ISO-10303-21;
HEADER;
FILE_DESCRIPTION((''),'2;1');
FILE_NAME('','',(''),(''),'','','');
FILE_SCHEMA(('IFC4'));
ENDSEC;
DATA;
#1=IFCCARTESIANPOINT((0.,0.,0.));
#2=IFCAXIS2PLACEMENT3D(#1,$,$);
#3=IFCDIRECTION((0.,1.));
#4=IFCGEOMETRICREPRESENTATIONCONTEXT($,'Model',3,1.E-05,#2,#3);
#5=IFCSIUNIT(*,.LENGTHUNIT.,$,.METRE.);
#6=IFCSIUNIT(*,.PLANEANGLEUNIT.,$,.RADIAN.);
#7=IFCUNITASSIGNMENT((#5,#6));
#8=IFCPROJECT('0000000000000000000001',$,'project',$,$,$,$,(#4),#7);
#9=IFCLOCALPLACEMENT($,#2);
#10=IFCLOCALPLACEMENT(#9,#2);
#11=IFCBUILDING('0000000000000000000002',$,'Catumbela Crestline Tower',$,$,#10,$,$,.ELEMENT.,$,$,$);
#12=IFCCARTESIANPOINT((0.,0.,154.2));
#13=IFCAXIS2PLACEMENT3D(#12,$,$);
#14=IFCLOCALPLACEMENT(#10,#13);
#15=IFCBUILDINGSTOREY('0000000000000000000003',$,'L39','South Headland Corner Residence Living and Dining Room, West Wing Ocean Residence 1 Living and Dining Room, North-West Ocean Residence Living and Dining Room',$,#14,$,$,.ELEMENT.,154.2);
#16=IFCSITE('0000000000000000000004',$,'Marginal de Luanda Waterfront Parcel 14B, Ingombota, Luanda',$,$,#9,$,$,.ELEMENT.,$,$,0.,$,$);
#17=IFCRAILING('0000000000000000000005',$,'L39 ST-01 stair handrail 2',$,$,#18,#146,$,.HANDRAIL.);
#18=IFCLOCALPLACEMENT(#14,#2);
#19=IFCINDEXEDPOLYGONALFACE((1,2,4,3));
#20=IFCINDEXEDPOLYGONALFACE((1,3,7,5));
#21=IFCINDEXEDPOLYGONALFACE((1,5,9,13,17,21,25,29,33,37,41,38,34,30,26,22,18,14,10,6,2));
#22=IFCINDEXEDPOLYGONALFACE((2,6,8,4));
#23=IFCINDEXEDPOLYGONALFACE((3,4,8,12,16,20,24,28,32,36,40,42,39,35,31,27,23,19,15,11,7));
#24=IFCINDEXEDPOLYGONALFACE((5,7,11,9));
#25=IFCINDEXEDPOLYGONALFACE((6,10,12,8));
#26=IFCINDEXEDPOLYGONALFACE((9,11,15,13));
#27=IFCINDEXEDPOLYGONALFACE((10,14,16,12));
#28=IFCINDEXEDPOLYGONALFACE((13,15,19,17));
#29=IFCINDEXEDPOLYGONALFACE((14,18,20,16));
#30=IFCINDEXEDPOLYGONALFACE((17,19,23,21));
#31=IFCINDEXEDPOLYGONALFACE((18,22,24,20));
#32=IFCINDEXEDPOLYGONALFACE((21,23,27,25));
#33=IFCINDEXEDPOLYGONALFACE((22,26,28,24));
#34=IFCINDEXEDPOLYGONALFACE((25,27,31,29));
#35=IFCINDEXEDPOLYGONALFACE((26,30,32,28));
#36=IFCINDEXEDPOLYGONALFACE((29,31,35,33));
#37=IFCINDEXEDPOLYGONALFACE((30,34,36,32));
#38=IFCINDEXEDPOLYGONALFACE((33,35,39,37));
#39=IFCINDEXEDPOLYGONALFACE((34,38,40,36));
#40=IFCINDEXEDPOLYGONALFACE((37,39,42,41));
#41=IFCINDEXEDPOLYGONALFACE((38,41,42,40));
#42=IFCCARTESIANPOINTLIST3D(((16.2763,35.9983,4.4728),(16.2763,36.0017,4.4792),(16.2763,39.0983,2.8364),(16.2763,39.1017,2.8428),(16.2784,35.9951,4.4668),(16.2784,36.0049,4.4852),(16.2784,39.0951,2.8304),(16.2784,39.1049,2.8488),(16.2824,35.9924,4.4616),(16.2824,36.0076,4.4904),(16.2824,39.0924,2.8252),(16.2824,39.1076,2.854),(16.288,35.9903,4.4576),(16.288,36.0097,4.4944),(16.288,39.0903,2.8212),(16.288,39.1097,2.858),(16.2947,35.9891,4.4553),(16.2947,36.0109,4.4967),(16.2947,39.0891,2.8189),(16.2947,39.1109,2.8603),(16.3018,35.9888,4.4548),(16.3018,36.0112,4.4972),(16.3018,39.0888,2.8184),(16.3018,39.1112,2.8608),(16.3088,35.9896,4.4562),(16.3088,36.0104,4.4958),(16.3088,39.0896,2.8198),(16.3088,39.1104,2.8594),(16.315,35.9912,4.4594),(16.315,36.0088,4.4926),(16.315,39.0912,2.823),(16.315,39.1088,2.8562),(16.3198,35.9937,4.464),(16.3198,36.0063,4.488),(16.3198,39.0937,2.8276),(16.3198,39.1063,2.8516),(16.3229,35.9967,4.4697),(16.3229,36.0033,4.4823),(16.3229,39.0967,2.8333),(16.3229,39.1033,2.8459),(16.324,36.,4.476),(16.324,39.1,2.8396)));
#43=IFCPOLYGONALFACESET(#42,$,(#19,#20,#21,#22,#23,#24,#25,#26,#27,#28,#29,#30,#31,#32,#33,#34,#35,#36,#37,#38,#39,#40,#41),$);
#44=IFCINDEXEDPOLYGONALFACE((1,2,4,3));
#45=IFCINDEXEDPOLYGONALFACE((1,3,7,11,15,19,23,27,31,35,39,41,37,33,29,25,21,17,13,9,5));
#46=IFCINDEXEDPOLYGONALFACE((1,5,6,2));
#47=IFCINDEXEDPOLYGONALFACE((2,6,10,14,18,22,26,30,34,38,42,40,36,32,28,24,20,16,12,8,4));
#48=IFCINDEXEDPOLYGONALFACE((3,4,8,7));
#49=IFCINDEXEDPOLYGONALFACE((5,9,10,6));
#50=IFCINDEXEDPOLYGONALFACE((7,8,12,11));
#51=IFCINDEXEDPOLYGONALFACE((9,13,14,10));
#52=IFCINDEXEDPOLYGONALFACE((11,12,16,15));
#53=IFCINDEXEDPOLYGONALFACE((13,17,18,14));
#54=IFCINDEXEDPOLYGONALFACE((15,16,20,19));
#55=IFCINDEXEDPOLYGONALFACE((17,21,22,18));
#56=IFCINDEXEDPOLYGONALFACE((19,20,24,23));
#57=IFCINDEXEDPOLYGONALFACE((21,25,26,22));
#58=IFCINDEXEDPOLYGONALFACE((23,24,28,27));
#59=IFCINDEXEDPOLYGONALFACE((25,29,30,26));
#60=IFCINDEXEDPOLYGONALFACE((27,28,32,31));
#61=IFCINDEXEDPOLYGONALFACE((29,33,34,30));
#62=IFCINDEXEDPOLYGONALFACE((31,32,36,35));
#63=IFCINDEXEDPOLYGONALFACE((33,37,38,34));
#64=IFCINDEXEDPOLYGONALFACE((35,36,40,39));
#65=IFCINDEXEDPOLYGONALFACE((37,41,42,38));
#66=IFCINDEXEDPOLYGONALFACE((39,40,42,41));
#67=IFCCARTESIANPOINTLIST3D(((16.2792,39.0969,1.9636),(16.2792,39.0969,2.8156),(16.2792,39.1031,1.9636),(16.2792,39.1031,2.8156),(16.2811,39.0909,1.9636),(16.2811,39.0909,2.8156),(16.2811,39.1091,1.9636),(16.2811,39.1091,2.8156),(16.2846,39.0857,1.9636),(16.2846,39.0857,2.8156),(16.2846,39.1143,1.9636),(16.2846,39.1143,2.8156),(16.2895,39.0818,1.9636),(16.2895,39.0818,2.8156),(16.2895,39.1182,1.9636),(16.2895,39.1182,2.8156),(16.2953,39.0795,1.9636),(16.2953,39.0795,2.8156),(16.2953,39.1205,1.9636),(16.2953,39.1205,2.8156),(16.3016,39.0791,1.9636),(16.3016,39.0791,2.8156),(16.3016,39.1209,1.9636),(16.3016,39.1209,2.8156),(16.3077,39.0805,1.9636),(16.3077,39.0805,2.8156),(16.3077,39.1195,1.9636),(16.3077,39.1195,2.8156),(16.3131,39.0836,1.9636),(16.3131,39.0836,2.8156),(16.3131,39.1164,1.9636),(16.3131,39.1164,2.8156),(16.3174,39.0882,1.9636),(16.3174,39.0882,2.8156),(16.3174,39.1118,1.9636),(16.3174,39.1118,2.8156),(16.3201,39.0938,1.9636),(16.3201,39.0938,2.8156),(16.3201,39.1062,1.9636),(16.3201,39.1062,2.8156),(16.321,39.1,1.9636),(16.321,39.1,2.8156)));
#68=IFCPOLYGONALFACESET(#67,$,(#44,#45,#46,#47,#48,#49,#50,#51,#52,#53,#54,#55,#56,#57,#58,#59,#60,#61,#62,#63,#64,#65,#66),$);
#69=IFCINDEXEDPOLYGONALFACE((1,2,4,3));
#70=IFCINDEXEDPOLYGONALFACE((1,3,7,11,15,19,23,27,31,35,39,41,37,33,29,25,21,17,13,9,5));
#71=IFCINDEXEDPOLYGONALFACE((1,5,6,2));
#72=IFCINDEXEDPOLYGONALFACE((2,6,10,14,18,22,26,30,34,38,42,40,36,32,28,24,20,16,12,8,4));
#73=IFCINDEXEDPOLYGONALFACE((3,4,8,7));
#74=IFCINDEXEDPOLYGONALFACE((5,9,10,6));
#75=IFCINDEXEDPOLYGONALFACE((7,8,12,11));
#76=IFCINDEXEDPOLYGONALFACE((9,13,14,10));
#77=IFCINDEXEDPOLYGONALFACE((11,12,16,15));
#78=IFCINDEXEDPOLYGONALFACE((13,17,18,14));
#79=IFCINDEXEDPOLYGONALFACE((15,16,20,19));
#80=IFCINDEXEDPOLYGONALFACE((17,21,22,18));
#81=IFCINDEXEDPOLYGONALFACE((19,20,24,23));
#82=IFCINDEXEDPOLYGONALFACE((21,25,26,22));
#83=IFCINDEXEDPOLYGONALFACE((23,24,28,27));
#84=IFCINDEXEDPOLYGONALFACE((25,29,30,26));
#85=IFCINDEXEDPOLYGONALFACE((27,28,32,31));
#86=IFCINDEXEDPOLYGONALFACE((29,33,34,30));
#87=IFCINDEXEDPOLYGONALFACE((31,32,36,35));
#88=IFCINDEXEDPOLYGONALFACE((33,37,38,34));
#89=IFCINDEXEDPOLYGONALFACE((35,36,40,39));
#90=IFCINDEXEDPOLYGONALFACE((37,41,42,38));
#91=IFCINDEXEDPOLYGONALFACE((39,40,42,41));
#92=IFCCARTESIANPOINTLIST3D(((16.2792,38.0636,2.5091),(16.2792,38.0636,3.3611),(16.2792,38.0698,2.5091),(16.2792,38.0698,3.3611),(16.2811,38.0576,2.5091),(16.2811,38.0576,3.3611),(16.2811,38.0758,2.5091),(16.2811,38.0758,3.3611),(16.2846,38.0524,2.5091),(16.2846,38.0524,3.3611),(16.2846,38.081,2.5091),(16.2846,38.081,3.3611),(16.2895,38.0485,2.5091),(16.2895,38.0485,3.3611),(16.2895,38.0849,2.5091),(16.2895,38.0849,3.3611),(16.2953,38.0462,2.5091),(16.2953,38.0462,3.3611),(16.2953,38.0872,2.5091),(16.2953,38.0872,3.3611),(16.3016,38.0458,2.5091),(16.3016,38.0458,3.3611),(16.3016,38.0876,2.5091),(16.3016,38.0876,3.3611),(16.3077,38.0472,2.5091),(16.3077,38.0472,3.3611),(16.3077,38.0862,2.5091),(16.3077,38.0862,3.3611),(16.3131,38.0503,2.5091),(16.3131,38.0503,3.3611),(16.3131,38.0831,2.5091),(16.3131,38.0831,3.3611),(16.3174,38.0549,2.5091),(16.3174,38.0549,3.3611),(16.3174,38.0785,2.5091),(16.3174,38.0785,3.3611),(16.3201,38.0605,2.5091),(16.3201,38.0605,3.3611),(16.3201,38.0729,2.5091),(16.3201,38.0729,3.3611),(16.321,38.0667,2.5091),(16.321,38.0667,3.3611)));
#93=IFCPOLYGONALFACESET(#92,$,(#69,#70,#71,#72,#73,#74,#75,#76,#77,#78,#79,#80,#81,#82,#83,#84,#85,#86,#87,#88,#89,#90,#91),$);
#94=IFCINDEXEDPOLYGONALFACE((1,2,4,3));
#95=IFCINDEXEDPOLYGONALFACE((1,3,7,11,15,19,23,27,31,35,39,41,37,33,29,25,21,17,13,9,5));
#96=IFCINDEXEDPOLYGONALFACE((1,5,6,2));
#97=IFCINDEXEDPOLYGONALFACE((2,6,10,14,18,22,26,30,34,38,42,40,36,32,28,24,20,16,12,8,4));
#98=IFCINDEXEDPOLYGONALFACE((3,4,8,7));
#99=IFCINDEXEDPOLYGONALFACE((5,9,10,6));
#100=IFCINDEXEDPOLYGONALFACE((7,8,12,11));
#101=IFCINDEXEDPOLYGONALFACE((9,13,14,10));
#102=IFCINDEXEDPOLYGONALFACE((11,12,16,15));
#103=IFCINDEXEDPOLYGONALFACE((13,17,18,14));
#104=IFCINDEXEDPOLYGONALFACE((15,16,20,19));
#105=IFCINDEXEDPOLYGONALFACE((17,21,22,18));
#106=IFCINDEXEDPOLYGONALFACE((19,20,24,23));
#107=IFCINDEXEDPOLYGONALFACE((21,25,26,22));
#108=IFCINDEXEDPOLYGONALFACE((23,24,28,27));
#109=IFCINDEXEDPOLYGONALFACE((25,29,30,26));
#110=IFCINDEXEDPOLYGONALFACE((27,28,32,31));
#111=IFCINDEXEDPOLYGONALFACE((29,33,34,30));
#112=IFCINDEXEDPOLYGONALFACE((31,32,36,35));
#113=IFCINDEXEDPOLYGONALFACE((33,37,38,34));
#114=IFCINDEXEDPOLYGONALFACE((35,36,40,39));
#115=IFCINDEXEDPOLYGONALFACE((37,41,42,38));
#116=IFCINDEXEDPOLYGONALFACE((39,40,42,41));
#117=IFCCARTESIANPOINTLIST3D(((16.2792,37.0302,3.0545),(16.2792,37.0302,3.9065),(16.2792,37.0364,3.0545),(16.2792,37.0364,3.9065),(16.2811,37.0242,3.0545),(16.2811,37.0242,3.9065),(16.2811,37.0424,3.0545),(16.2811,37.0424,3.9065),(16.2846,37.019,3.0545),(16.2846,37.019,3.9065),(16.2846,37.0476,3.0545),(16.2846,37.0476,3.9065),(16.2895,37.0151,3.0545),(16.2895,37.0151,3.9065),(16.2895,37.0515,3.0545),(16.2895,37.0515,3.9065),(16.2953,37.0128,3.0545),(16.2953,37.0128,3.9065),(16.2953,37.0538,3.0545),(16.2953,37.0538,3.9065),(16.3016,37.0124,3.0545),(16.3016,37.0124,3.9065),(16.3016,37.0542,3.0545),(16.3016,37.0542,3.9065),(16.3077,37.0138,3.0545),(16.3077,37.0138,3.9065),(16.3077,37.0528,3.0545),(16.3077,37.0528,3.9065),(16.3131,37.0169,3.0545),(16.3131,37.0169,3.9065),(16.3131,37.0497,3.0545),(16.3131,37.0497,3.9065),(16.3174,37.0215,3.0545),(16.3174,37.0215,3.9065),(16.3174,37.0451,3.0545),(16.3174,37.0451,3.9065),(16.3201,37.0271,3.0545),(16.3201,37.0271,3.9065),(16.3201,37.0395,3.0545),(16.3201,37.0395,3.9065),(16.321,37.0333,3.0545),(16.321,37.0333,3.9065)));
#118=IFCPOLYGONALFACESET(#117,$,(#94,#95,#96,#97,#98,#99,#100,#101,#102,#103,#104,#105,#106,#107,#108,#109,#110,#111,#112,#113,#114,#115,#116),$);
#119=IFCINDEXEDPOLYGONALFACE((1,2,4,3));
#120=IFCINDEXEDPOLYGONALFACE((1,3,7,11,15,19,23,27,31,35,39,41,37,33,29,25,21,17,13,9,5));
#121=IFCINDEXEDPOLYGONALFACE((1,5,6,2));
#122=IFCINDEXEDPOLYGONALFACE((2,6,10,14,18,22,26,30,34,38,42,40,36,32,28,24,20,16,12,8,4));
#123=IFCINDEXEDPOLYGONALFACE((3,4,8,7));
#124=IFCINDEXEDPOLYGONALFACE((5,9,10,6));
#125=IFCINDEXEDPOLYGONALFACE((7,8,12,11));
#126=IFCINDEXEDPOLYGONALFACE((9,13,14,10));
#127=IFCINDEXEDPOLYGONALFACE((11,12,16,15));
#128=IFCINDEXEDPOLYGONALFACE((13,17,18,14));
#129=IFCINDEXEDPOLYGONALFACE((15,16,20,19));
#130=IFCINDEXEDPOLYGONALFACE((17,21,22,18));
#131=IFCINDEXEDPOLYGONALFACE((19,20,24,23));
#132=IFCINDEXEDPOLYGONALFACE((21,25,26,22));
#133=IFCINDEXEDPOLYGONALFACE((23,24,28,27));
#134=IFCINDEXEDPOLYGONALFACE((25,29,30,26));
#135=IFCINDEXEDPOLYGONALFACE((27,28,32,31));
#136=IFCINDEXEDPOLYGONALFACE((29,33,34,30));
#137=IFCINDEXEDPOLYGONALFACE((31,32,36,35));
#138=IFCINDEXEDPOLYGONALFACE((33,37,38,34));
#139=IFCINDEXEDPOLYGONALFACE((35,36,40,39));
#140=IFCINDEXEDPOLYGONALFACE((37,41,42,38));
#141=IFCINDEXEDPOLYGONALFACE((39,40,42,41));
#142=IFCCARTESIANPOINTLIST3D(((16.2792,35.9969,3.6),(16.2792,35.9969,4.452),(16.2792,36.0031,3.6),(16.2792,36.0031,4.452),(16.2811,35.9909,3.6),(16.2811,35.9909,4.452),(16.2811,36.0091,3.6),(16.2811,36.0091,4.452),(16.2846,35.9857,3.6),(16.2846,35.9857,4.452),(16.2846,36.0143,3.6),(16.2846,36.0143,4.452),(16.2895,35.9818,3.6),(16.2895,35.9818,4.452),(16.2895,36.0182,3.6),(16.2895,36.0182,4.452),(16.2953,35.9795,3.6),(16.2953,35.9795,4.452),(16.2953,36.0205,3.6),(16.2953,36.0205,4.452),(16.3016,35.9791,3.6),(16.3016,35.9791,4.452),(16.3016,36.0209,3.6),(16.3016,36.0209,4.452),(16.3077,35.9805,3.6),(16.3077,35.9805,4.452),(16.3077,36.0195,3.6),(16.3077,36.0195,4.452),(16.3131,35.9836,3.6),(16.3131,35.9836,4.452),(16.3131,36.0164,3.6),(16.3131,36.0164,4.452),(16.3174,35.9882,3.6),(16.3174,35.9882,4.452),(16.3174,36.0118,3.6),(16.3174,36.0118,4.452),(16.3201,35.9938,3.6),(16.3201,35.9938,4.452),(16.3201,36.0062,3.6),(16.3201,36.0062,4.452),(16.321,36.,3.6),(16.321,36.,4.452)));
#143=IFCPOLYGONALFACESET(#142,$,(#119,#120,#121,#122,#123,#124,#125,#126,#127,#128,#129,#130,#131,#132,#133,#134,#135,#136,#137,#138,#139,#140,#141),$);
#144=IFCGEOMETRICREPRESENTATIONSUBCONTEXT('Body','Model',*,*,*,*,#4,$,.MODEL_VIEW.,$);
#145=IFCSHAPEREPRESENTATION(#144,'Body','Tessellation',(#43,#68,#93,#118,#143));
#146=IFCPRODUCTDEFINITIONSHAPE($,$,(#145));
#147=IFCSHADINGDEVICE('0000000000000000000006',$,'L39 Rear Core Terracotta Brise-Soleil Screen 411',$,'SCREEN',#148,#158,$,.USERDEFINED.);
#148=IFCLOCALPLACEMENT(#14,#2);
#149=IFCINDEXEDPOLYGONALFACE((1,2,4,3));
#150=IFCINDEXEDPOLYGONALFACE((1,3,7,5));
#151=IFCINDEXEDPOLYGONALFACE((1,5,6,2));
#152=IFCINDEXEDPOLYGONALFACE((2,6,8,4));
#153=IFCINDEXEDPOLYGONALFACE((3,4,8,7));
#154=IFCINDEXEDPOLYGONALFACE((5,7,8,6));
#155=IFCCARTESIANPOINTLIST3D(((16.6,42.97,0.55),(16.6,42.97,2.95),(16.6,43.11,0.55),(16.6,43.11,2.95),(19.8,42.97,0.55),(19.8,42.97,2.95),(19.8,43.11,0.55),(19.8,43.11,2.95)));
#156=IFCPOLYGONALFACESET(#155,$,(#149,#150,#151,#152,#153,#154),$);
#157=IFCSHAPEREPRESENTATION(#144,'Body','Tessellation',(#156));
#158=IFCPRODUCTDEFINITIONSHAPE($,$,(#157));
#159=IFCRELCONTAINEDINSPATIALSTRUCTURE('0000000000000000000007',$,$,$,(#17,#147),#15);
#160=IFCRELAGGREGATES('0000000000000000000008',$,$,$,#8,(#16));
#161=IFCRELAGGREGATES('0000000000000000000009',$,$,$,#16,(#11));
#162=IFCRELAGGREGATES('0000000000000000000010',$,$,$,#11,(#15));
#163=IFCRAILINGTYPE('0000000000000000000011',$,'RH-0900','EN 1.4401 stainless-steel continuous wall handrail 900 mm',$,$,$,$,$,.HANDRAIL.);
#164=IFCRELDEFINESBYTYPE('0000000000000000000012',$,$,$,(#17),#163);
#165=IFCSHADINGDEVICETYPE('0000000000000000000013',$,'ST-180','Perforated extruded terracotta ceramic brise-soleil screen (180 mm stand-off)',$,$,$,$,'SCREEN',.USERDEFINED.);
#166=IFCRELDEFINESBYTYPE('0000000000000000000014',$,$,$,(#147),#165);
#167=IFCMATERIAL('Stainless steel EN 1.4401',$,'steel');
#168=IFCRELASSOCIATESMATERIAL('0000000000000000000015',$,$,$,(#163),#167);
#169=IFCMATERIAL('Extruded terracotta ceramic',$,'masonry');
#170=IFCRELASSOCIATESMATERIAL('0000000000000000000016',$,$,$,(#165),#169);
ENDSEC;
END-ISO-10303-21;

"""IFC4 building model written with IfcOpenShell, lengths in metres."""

from ifc_helpers import new_model, si_unit, direction, frame, origin, origin_2d, place, context, subcontext, project, spatial, rectangle, circle, extrude, material, type_object, element, save


model = new_model("IFC4")

# Units and contexts
model_context = context("Model", 3, precision=1e-05, world=origin(), true_north=direction((0.0, 1.0)))
body_context = subcontext(model_context, "Body", "Model", "MODEL_VIEW")
ifc_project = project(units=[si_unit("LENGTHUNIT", "METRE"), si_unit("PLANEANGLEUNIT", "RADIAN")], contexts=[model_context])

# Site, building, storey
site_placement = place(None, origin())
site = spatial("IfcSite", under=ifc_project, at=site_placement, Name="Marginal de Luanda Waterfront Parcel 14B, Ingombota, Luanda", CompositionType="ELEMENT", RefElevation=0.0)
building_placement = place(site_placement, origin())
building = spatial("IfcBuilding", under=site, at=building_placement, Name="Catumbela Crestline Tower", CompositionType="ELEMENT")
storey_placement = place(building_placement, frame((0.0, 0.0, 154.2)))
storey = spatial("IfcBuildingStorey", under=building, at=storey_placement, Name="L39", Description="South Headland Corner Residence Living and Dining Room, West Wing Ocean Residence 1 Living and Dining Room, North-West Ocean Residence Living and Dining Room", CompositionType="ELEMENT", Elevation=154.2)

# Railing
ifc_material_1 = material(Name="Stainless steel EN 1.4401", Category="steel")
railing_type_1 = type_object("IfcRailingType", Name="RH-0900", Description="EN 1.4401 stainless-steel continuous wall handrail 900 mm", PredefinedType="HANDRAIL", material=ifc_material_1)
railing_1_placement = place(storey_placement, frame((16.3, 39.1, 1.9636)))
element("IfcRailing", 1, at=railing_1_placement, inside=storey, type_object=railing_type_1, Name="L39 ST-01 stair handrail 2", PredefinedType="HANDRAIL", context=body_context, shape_type="SweptSolid", body=[
    extrude(circle(Radius=0.024, at=origin_2d()), frame((0.0, 0.0, 0.876), z_axis=(0.0, -0.884351, 0.466823), x_axis=(1.0, 0.0, 0.0)), (0.0, 0.0, 1.0), 3.5054),
    extrude(circle(Radius=0.021, at=origin_2d()), origin(), (0.0, 0.0, 1.0), 0.852),
    extrude(circle(Radius=0.021, at=origin_2d()), frame((0.0, -1.0333, 0.5455)), (0.0, 0.0, 1.0), 0.852),
    extrude(circle(Radius=0.021, at=origin_2d()), frame((0.0, -2.0667, 1.0909)), (0.0, 0.0, 1.0), 0.852),
    extrude(circle(Radius=0.021, at=origin_2d()), frame((0.0, -3.1, 1.6364)), (0.0, 0.0, 1.0), 0.852),
])

# Shading device
ifc_material_2 = material(Name="Extruded terracotta ceramic", Category="masonry")
shading_device_type = type_object("IfcShadingDeviceType", Name="ST-180", Description="Perforated extruded terracotta ceramic brise-soleil screen (180 mm stand-off)", ElementType="SCREEN", PredefinedType="USERDEFINED", material=ifc_material_2)
shading_device_placement = place(storey_placement, frame((18.2, 43.04, 0.55), z_axis=(0.0, 0.0, 1.0), x_axis=(1.0, 0.0, 0.0)))
element("IfcShadingDevice", 2, at=shading_device_placement, inside=storey, type_object=shading_device_type, Name="L39 Rear Core Terracotta Brise-Soleil Screen 411", ObjectType="SCREEN", PredefinedType="USERDEFINED", context=body_context, shape_type="SweptSolid", body=[
    extrude(rectangle(XDim=3.2, YDim=0.14, at=origin_2d()), origin(), (0.0, 0.0, 1.0), 2.4),
])

save(model, "model.ifc")
